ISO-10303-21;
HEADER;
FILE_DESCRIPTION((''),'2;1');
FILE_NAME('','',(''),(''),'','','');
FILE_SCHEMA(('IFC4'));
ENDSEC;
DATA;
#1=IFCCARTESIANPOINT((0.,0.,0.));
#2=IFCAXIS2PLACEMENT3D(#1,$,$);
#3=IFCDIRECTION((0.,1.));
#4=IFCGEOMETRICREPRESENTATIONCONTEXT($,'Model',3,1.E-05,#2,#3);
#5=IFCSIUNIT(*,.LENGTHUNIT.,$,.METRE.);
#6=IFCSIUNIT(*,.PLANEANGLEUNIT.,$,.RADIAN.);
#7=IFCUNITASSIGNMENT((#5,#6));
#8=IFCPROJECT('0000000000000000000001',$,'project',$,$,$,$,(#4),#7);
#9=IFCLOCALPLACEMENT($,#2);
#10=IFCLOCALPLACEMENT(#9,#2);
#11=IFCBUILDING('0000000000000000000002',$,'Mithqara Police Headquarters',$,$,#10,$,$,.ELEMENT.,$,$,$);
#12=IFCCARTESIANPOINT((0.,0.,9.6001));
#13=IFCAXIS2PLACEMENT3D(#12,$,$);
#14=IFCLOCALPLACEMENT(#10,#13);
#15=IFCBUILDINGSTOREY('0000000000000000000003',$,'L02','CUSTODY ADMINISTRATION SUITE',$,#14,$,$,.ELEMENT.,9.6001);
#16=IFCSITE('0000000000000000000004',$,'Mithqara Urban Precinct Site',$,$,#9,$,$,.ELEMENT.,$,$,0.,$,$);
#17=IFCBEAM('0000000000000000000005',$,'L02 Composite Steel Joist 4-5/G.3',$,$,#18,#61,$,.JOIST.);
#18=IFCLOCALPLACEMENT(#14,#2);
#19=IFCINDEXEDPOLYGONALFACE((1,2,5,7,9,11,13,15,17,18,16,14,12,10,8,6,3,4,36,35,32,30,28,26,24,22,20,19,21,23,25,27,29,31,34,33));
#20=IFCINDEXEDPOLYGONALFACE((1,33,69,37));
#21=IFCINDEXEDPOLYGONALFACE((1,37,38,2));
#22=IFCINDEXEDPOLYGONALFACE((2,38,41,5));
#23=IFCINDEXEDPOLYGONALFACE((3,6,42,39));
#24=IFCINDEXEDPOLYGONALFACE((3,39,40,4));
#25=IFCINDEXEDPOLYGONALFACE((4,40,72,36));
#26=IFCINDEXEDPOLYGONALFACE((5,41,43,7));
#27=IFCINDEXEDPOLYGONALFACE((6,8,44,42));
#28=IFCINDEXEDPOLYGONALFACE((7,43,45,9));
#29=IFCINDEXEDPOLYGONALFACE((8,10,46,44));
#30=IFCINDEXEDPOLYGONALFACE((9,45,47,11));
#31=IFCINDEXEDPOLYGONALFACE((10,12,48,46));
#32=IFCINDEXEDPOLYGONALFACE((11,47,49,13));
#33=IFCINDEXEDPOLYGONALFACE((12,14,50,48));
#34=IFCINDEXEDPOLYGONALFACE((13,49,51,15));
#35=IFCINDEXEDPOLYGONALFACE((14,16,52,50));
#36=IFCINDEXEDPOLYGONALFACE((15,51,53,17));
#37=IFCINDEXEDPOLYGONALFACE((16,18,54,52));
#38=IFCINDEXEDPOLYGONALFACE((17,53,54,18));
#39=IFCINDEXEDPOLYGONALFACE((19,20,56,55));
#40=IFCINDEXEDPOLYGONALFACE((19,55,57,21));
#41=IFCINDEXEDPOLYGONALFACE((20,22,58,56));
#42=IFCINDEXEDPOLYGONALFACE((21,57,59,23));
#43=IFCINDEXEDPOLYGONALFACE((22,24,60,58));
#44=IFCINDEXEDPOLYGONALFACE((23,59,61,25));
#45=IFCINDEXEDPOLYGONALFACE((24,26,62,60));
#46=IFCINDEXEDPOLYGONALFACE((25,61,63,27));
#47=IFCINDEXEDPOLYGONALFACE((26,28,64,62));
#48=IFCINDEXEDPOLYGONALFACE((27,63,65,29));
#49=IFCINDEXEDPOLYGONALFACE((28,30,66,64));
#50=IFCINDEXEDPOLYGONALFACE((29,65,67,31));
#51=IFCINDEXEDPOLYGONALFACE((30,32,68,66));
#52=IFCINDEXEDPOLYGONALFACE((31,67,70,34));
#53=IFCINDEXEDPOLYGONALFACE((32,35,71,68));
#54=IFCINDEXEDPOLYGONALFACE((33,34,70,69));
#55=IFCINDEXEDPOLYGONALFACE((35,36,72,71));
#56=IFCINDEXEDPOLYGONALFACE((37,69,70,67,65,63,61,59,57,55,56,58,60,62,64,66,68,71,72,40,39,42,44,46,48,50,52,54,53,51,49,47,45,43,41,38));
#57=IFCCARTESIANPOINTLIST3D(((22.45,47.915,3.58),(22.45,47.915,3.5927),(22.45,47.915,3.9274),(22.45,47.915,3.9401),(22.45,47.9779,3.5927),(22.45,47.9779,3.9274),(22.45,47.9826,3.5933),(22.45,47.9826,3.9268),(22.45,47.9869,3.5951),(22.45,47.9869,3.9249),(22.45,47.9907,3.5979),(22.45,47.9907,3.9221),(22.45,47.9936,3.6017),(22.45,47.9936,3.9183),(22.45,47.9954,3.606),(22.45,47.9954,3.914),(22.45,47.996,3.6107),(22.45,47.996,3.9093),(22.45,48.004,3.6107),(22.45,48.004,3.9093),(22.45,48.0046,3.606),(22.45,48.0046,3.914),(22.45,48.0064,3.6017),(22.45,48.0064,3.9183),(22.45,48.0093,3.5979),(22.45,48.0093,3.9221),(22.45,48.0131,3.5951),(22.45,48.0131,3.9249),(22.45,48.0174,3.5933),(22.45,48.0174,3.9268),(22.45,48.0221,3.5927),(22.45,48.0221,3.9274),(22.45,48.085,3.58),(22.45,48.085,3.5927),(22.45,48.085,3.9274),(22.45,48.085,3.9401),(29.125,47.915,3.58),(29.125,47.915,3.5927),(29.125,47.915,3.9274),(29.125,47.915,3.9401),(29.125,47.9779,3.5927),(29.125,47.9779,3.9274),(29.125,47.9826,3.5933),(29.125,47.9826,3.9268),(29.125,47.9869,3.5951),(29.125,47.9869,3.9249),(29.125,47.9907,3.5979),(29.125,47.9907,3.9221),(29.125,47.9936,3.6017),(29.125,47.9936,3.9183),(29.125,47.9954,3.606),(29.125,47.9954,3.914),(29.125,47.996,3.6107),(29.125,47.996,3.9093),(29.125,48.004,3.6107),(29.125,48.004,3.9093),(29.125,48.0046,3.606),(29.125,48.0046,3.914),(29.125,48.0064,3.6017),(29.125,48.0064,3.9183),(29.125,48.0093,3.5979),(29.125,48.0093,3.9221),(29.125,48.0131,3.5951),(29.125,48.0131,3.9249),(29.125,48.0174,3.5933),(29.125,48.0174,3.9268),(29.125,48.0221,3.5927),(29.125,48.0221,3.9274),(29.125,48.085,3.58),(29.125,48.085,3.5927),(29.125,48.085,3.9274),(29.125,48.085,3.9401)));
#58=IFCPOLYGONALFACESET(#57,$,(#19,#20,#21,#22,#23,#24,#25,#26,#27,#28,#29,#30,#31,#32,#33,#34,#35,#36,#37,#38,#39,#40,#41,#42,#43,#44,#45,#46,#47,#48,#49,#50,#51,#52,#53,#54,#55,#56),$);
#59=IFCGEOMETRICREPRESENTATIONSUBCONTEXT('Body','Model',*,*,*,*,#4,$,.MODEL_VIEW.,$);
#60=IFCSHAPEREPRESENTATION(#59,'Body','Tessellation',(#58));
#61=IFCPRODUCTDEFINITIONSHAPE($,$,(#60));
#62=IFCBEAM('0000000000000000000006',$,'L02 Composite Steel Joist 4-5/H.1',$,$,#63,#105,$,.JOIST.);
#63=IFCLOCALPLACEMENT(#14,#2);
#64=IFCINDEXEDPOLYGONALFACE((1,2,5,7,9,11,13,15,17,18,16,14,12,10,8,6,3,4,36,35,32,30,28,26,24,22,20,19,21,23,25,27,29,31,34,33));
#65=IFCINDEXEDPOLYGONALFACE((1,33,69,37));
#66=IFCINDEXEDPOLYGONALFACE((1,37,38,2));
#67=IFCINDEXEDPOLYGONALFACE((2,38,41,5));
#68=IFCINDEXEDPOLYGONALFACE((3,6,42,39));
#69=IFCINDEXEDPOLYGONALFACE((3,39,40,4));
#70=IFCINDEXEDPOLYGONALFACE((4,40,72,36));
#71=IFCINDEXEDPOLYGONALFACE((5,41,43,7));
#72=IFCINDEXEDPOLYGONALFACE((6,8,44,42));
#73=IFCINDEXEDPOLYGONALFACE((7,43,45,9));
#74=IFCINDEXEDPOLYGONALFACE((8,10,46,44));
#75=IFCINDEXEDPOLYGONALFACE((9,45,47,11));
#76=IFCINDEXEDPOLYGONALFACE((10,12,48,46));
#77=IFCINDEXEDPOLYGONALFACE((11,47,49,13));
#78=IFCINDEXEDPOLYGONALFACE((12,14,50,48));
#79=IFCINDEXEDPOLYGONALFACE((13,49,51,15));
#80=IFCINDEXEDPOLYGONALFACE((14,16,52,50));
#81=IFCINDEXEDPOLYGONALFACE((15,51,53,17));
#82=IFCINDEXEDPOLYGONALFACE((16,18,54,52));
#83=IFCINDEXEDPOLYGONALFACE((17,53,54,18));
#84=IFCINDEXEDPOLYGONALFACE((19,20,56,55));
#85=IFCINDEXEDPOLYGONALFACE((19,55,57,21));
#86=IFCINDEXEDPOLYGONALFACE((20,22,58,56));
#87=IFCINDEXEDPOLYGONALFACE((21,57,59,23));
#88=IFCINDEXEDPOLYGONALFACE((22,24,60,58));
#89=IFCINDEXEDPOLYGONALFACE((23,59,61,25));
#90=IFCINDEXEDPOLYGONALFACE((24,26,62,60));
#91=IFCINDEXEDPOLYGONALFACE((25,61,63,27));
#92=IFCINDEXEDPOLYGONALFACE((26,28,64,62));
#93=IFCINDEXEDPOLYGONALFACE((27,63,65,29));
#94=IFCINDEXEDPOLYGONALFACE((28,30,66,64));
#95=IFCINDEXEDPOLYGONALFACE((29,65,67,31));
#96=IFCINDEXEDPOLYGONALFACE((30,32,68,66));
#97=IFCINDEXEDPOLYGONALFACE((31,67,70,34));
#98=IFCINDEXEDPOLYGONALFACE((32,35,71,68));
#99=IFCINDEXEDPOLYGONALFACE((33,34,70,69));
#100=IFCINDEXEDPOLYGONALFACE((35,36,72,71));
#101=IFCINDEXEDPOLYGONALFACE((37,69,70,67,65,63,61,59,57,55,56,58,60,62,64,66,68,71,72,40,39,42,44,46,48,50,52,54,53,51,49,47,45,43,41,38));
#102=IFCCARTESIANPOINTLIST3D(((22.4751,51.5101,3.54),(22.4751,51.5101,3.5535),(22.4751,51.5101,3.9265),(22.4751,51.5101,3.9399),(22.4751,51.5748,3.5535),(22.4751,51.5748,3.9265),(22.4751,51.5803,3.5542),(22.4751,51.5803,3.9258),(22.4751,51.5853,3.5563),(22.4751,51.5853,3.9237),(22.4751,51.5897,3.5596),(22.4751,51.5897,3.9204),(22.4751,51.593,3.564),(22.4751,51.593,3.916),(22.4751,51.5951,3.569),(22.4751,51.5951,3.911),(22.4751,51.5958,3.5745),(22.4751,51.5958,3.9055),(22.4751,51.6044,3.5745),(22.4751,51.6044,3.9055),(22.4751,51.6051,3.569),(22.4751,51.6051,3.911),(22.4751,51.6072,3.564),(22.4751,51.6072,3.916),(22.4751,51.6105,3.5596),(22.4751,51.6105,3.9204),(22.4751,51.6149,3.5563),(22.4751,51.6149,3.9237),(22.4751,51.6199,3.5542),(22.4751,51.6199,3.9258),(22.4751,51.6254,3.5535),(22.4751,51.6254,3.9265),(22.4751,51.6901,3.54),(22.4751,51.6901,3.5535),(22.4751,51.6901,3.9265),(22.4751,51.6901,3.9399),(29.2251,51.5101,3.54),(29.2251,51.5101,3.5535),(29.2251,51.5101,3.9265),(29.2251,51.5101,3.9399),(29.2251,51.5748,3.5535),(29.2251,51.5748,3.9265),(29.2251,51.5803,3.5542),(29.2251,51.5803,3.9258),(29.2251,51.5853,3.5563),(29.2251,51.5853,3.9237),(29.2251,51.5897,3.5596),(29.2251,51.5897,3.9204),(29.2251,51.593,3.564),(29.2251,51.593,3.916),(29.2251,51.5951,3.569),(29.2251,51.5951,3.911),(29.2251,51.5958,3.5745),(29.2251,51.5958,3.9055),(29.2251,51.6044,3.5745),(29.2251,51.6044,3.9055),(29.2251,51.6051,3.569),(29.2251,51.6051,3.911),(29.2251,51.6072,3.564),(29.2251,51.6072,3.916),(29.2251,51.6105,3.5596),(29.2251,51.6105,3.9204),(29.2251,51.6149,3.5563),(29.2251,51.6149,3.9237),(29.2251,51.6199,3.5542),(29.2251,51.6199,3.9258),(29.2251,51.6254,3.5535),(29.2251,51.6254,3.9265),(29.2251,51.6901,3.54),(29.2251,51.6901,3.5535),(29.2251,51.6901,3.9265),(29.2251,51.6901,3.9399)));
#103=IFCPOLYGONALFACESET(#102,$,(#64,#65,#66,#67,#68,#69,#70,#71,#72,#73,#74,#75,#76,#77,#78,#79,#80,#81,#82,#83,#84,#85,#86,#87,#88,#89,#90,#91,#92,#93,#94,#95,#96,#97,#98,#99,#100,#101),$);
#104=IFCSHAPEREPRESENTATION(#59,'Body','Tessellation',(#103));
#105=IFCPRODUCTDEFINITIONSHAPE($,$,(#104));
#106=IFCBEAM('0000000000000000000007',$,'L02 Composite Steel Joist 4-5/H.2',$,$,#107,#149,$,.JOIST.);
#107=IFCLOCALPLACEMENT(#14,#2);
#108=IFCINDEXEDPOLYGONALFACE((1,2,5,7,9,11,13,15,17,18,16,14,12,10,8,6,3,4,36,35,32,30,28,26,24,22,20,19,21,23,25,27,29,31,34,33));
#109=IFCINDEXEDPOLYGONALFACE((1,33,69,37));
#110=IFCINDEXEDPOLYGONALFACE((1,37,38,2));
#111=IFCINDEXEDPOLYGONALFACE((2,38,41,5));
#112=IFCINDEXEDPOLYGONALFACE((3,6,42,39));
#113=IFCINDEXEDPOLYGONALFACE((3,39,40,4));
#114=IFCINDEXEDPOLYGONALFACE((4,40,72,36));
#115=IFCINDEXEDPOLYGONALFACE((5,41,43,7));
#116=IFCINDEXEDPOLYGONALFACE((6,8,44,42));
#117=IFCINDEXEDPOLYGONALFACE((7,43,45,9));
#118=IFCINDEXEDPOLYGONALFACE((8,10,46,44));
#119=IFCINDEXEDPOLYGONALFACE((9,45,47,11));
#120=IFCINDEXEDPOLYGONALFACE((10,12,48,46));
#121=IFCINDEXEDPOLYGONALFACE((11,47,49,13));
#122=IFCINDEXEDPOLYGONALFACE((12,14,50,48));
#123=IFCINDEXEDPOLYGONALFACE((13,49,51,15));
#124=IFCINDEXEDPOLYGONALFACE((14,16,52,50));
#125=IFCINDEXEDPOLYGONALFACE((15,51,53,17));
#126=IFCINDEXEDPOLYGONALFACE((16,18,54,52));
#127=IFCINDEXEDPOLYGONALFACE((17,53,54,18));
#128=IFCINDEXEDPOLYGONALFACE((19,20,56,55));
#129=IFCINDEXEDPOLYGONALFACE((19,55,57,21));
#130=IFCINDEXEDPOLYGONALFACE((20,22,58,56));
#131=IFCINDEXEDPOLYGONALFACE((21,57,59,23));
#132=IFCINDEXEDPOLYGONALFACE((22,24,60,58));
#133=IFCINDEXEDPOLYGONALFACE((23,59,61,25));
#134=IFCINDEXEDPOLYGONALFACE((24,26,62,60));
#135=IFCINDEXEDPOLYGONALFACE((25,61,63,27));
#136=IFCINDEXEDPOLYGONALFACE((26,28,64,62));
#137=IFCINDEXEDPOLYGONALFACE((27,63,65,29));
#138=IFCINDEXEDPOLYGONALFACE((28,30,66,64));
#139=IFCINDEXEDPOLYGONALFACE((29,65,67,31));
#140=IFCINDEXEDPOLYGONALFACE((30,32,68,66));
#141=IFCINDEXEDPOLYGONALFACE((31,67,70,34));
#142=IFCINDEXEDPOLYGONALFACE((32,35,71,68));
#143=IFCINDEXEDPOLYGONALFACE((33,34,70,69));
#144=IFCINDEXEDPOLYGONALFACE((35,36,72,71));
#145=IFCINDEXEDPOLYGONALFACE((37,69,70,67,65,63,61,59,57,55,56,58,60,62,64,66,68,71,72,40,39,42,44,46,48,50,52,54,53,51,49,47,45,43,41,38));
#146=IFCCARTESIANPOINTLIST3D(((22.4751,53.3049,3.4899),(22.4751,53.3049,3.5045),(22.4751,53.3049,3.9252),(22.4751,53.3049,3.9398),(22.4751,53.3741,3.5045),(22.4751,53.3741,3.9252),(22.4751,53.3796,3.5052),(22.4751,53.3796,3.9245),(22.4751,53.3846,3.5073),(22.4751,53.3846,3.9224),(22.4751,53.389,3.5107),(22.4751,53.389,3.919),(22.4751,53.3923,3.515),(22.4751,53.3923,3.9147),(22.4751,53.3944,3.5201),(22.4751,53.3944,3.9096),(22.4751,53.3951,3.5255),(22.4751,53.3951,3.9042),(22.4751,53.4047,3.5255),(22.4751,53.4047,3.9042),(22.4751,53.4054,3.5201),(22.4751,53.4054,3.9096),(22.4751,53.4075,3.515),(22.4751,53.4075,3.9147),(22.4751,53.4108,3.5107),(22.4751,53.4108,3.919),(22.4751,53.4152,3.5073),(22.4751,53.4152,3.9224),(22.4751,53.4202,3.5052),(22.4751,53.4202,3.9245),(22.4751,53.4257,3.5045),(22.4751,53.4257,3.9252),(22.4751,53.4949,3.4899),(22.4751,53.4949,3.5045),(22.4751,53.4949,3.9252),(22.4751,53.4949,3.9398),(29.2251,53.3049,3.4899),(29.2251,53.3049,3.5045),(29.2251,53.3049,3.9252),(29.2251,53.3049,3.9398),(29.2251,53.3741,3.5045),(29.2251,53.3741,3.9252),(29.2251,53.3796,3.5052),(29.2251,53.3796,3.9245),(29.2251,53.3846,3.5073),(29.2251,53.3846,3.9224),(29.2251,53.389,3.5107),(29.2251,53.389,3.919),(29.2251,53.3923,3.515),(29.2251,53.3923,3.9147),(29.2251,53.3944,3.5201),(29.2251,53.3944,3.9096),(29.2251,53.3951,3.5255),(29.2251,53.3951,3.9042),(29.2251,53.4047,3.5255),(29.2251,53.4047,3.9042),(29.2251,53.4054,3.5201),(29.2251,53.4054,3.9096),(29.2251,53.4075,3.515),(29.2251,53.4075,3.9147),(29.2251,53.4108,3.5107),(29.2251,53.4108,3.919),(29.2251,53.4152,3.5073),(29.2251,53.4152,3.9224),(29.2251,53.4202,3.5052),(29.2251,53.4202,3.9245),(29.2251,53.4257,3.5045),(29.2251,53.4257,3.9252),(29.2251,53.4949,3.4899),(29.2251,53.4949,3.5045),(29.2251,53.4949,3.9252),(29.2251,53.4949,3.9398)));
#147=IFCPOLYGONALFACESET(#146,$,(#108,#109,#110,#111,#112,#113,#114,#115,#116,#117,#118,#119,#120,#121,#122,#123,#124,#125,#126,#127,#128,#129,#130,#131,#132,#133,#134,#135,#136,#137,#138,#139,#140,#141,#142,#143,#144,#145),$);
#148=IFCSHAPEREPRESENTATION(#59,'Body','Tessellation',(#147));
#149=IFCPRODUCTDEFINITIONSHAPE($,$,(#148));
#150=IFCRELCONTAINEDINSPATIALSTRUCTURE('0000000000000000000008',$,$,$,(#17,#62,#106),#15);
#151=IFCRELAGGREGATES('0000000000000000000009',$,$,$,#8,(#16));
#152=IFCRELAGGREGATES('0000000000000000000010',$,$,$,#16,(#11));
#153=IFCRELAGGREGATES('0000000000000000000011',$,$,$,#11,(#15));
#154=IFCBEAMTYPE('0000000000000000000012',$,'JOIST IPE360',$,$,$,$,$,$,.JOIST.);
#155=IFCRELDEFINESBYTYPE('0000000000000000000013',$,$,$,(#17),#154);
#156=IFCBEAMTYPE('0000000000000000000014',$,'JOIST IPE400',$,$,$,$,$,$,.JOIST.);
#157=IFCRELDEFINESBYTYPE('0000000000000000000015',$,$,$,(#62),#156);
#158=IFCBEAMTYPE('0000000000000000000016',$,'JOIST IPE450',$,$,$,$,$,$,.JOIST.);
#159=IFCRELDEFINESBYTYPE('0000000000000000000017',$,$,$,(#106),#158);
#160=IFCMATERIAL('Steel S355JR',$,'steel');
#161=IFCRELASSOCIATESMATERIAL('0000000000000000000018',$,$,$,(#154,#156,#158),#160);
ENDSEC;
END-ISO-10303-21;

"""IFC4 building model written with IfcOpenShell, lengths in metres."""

from ifc_helpers import new_model, si_unit, direction, frame, origin, origin_2d, place, context, subcontext, project, spatial, i_section, extrude, material, material_profile, profile_set, type_object, element, save


model = new_model("IFC4")

# Units and contexts
model_context = context("Model", 3, precision=1e-05, world=origin(), true_north=direction((0.0, 1.0)))
body_context = subcontext(model_context, "Body", "Model", "MODEL_VIEW")
ifc_project = project(units=[si_unit("LENGTHUNIT", "METRE"), si_unit("PLANEANGLEUNIT", "RADIAN")], contexts=[model_context])

# Site, building, storey
site_placement = place(None, origin())
site = spatial("IfcSite", under=ifc_project, at=site_placement, Name="Mithqara Urban Precinct Site", CompositionType="ELEMENT", RefElevation=0.0)
building_placement = place(site_placement, origin())
building = spatial("IfcBuilding", under=site, at=building_placement, Name="Mithqara Police Headquarters", CompositionType="ELEMENT")
storey_placement = place(building_placement, frame((0.0, 0.0, 9.6001)))
storey = spatial("IfcBuildingStorey", under=building, at=storey_placement, Name="L02", Description="CUSTODY ADMINISTRATION SUITE", CompositionType="ELEMENT", Elevation=9.6001)

# Beams
ifc_material_1 = material(Name="Steel S355JR", Category="steel")
ifc_material_profile_1 = material_profile(ifc_material_1, i_section(OverallWidth=0.1699, OverallDepth=0.3601, WebThickness=0.0081, FlangeThickness=0.0127, FilletRadius=0.0181, at=origin_2d()), Name="IPE 360")
ifc_profile_set_1 = profile_set([ifc_material_profile_1], Name="Steel S355JR")
beam_type_1 = type_object("IfcBeamType", Name="JOIST IPE360", PredefinedType="JOIST", material=ifc_profile_set_1)
beam_1_placement = place(storey_placement, frame((22.45, 48.0, 3.76), z_axis=(1.0, 0.0, 0.0), x_axis=(0.0, 1.0, 0.0)))
element("IfcBeam", 1, at=beam_1_placement, inside=storey, type_object=beam_type_1, Name="L02 Composite Steel Joist 4-5/G.3", PredefinedType="JOIST", context=body_context, shape_type="SweptSolid", body=[
    extrude(i_section(OverallWidth=0.1699, OverallDepth=0.3601, WebThickness=0.0081, FlangeThickness=0.0127, FilletRadius=0.0181, at=origin_2d()), origin(), (0.0, 0.0, 1.0), 6.675),
])
ifc_material_profile_2 = material_profile(ifc_material_1, i_section(OverallWidth=0.1799, OverallDepth=0.3999, WebThickness=0.0085, FlangeThickness=0.0134, FilletRadius=0.021, at=origin_2d()), Name="IPE 400")
ifc_profile_set_2 = profile_set([ifc_material_profile_2], Name="Steel S355JR")
beam_type_2 = type_object("IfcBeamType", Name="JOIST IPE400", PredefinedType="JOIST", material=ifc_profile_set_2)
beam_2_placement = place(storey_placement, frame((22.4751, 51.6001, 3.74), z_axis=(1.0, 0.0, 0.0), x_axis=(0.0, 1.0, 0.0)))
element("IfcBeam", 2, at=beam_2_placement, inside=storey, type_object=beam_type_2, Name="L02 Composite Steel Joist 4-5/H.1", PredefinedType="JOIST", context=body_context, shape_type="SweptSolid", body=[
    extrude(i_section(OverallWidth=0.1799, OverallDepth=0.3999, WebThickness=0.0085, FlangeThickness=0.0134, FilletRadius=0.021, at=origin_2d()), origin(), (0.0, 0.0, 1.0), 6.75),
])
ifc_material_profile_3 = material_profile(ifc_material_1, i_section(OverallWidth=0.1899, OverallDepth=0.45, WebThickness=0.0095, FlangeThickness=0.0146, FilletRadius=0.021, at=origin_2d()), Name="IPE 450")
ifc_profile_set_3 = profile_set([ifc_material_profile_3], Name="Steel S355JR")
beam_type_3 = type_object("IfcBeamType", Name="JOIST IPE450", PredefinedType="JOIST", material=ifc_profile_set_3)
beam_3_placement = place(storey_placement, frame((22.4751, 53.3999, 3.7148), z_axis=(1.0, 0.0, 0.0), x_axis=(0.0, 1.0, 0.0)))
element("IfcBeam", 3, at=beam_3_placement, inside=storey, type_object=beam_type_3, Name="L02 Composite Steel Joist 4-5/H.2", PredefinedType="JOIST", context=body_context, shape_type="SweptSolid", body=[
    extrude(i_section(OverallWidth=0.1899, OverallDepth=0.45, WebThickness=0.0095, FlangeThickness=0.0146, FilletRadius=0.021, at=origin_2d()), origin(), (0.0, 0.0, 1.0), 6.75),
])

save(model, "model.ifc")
